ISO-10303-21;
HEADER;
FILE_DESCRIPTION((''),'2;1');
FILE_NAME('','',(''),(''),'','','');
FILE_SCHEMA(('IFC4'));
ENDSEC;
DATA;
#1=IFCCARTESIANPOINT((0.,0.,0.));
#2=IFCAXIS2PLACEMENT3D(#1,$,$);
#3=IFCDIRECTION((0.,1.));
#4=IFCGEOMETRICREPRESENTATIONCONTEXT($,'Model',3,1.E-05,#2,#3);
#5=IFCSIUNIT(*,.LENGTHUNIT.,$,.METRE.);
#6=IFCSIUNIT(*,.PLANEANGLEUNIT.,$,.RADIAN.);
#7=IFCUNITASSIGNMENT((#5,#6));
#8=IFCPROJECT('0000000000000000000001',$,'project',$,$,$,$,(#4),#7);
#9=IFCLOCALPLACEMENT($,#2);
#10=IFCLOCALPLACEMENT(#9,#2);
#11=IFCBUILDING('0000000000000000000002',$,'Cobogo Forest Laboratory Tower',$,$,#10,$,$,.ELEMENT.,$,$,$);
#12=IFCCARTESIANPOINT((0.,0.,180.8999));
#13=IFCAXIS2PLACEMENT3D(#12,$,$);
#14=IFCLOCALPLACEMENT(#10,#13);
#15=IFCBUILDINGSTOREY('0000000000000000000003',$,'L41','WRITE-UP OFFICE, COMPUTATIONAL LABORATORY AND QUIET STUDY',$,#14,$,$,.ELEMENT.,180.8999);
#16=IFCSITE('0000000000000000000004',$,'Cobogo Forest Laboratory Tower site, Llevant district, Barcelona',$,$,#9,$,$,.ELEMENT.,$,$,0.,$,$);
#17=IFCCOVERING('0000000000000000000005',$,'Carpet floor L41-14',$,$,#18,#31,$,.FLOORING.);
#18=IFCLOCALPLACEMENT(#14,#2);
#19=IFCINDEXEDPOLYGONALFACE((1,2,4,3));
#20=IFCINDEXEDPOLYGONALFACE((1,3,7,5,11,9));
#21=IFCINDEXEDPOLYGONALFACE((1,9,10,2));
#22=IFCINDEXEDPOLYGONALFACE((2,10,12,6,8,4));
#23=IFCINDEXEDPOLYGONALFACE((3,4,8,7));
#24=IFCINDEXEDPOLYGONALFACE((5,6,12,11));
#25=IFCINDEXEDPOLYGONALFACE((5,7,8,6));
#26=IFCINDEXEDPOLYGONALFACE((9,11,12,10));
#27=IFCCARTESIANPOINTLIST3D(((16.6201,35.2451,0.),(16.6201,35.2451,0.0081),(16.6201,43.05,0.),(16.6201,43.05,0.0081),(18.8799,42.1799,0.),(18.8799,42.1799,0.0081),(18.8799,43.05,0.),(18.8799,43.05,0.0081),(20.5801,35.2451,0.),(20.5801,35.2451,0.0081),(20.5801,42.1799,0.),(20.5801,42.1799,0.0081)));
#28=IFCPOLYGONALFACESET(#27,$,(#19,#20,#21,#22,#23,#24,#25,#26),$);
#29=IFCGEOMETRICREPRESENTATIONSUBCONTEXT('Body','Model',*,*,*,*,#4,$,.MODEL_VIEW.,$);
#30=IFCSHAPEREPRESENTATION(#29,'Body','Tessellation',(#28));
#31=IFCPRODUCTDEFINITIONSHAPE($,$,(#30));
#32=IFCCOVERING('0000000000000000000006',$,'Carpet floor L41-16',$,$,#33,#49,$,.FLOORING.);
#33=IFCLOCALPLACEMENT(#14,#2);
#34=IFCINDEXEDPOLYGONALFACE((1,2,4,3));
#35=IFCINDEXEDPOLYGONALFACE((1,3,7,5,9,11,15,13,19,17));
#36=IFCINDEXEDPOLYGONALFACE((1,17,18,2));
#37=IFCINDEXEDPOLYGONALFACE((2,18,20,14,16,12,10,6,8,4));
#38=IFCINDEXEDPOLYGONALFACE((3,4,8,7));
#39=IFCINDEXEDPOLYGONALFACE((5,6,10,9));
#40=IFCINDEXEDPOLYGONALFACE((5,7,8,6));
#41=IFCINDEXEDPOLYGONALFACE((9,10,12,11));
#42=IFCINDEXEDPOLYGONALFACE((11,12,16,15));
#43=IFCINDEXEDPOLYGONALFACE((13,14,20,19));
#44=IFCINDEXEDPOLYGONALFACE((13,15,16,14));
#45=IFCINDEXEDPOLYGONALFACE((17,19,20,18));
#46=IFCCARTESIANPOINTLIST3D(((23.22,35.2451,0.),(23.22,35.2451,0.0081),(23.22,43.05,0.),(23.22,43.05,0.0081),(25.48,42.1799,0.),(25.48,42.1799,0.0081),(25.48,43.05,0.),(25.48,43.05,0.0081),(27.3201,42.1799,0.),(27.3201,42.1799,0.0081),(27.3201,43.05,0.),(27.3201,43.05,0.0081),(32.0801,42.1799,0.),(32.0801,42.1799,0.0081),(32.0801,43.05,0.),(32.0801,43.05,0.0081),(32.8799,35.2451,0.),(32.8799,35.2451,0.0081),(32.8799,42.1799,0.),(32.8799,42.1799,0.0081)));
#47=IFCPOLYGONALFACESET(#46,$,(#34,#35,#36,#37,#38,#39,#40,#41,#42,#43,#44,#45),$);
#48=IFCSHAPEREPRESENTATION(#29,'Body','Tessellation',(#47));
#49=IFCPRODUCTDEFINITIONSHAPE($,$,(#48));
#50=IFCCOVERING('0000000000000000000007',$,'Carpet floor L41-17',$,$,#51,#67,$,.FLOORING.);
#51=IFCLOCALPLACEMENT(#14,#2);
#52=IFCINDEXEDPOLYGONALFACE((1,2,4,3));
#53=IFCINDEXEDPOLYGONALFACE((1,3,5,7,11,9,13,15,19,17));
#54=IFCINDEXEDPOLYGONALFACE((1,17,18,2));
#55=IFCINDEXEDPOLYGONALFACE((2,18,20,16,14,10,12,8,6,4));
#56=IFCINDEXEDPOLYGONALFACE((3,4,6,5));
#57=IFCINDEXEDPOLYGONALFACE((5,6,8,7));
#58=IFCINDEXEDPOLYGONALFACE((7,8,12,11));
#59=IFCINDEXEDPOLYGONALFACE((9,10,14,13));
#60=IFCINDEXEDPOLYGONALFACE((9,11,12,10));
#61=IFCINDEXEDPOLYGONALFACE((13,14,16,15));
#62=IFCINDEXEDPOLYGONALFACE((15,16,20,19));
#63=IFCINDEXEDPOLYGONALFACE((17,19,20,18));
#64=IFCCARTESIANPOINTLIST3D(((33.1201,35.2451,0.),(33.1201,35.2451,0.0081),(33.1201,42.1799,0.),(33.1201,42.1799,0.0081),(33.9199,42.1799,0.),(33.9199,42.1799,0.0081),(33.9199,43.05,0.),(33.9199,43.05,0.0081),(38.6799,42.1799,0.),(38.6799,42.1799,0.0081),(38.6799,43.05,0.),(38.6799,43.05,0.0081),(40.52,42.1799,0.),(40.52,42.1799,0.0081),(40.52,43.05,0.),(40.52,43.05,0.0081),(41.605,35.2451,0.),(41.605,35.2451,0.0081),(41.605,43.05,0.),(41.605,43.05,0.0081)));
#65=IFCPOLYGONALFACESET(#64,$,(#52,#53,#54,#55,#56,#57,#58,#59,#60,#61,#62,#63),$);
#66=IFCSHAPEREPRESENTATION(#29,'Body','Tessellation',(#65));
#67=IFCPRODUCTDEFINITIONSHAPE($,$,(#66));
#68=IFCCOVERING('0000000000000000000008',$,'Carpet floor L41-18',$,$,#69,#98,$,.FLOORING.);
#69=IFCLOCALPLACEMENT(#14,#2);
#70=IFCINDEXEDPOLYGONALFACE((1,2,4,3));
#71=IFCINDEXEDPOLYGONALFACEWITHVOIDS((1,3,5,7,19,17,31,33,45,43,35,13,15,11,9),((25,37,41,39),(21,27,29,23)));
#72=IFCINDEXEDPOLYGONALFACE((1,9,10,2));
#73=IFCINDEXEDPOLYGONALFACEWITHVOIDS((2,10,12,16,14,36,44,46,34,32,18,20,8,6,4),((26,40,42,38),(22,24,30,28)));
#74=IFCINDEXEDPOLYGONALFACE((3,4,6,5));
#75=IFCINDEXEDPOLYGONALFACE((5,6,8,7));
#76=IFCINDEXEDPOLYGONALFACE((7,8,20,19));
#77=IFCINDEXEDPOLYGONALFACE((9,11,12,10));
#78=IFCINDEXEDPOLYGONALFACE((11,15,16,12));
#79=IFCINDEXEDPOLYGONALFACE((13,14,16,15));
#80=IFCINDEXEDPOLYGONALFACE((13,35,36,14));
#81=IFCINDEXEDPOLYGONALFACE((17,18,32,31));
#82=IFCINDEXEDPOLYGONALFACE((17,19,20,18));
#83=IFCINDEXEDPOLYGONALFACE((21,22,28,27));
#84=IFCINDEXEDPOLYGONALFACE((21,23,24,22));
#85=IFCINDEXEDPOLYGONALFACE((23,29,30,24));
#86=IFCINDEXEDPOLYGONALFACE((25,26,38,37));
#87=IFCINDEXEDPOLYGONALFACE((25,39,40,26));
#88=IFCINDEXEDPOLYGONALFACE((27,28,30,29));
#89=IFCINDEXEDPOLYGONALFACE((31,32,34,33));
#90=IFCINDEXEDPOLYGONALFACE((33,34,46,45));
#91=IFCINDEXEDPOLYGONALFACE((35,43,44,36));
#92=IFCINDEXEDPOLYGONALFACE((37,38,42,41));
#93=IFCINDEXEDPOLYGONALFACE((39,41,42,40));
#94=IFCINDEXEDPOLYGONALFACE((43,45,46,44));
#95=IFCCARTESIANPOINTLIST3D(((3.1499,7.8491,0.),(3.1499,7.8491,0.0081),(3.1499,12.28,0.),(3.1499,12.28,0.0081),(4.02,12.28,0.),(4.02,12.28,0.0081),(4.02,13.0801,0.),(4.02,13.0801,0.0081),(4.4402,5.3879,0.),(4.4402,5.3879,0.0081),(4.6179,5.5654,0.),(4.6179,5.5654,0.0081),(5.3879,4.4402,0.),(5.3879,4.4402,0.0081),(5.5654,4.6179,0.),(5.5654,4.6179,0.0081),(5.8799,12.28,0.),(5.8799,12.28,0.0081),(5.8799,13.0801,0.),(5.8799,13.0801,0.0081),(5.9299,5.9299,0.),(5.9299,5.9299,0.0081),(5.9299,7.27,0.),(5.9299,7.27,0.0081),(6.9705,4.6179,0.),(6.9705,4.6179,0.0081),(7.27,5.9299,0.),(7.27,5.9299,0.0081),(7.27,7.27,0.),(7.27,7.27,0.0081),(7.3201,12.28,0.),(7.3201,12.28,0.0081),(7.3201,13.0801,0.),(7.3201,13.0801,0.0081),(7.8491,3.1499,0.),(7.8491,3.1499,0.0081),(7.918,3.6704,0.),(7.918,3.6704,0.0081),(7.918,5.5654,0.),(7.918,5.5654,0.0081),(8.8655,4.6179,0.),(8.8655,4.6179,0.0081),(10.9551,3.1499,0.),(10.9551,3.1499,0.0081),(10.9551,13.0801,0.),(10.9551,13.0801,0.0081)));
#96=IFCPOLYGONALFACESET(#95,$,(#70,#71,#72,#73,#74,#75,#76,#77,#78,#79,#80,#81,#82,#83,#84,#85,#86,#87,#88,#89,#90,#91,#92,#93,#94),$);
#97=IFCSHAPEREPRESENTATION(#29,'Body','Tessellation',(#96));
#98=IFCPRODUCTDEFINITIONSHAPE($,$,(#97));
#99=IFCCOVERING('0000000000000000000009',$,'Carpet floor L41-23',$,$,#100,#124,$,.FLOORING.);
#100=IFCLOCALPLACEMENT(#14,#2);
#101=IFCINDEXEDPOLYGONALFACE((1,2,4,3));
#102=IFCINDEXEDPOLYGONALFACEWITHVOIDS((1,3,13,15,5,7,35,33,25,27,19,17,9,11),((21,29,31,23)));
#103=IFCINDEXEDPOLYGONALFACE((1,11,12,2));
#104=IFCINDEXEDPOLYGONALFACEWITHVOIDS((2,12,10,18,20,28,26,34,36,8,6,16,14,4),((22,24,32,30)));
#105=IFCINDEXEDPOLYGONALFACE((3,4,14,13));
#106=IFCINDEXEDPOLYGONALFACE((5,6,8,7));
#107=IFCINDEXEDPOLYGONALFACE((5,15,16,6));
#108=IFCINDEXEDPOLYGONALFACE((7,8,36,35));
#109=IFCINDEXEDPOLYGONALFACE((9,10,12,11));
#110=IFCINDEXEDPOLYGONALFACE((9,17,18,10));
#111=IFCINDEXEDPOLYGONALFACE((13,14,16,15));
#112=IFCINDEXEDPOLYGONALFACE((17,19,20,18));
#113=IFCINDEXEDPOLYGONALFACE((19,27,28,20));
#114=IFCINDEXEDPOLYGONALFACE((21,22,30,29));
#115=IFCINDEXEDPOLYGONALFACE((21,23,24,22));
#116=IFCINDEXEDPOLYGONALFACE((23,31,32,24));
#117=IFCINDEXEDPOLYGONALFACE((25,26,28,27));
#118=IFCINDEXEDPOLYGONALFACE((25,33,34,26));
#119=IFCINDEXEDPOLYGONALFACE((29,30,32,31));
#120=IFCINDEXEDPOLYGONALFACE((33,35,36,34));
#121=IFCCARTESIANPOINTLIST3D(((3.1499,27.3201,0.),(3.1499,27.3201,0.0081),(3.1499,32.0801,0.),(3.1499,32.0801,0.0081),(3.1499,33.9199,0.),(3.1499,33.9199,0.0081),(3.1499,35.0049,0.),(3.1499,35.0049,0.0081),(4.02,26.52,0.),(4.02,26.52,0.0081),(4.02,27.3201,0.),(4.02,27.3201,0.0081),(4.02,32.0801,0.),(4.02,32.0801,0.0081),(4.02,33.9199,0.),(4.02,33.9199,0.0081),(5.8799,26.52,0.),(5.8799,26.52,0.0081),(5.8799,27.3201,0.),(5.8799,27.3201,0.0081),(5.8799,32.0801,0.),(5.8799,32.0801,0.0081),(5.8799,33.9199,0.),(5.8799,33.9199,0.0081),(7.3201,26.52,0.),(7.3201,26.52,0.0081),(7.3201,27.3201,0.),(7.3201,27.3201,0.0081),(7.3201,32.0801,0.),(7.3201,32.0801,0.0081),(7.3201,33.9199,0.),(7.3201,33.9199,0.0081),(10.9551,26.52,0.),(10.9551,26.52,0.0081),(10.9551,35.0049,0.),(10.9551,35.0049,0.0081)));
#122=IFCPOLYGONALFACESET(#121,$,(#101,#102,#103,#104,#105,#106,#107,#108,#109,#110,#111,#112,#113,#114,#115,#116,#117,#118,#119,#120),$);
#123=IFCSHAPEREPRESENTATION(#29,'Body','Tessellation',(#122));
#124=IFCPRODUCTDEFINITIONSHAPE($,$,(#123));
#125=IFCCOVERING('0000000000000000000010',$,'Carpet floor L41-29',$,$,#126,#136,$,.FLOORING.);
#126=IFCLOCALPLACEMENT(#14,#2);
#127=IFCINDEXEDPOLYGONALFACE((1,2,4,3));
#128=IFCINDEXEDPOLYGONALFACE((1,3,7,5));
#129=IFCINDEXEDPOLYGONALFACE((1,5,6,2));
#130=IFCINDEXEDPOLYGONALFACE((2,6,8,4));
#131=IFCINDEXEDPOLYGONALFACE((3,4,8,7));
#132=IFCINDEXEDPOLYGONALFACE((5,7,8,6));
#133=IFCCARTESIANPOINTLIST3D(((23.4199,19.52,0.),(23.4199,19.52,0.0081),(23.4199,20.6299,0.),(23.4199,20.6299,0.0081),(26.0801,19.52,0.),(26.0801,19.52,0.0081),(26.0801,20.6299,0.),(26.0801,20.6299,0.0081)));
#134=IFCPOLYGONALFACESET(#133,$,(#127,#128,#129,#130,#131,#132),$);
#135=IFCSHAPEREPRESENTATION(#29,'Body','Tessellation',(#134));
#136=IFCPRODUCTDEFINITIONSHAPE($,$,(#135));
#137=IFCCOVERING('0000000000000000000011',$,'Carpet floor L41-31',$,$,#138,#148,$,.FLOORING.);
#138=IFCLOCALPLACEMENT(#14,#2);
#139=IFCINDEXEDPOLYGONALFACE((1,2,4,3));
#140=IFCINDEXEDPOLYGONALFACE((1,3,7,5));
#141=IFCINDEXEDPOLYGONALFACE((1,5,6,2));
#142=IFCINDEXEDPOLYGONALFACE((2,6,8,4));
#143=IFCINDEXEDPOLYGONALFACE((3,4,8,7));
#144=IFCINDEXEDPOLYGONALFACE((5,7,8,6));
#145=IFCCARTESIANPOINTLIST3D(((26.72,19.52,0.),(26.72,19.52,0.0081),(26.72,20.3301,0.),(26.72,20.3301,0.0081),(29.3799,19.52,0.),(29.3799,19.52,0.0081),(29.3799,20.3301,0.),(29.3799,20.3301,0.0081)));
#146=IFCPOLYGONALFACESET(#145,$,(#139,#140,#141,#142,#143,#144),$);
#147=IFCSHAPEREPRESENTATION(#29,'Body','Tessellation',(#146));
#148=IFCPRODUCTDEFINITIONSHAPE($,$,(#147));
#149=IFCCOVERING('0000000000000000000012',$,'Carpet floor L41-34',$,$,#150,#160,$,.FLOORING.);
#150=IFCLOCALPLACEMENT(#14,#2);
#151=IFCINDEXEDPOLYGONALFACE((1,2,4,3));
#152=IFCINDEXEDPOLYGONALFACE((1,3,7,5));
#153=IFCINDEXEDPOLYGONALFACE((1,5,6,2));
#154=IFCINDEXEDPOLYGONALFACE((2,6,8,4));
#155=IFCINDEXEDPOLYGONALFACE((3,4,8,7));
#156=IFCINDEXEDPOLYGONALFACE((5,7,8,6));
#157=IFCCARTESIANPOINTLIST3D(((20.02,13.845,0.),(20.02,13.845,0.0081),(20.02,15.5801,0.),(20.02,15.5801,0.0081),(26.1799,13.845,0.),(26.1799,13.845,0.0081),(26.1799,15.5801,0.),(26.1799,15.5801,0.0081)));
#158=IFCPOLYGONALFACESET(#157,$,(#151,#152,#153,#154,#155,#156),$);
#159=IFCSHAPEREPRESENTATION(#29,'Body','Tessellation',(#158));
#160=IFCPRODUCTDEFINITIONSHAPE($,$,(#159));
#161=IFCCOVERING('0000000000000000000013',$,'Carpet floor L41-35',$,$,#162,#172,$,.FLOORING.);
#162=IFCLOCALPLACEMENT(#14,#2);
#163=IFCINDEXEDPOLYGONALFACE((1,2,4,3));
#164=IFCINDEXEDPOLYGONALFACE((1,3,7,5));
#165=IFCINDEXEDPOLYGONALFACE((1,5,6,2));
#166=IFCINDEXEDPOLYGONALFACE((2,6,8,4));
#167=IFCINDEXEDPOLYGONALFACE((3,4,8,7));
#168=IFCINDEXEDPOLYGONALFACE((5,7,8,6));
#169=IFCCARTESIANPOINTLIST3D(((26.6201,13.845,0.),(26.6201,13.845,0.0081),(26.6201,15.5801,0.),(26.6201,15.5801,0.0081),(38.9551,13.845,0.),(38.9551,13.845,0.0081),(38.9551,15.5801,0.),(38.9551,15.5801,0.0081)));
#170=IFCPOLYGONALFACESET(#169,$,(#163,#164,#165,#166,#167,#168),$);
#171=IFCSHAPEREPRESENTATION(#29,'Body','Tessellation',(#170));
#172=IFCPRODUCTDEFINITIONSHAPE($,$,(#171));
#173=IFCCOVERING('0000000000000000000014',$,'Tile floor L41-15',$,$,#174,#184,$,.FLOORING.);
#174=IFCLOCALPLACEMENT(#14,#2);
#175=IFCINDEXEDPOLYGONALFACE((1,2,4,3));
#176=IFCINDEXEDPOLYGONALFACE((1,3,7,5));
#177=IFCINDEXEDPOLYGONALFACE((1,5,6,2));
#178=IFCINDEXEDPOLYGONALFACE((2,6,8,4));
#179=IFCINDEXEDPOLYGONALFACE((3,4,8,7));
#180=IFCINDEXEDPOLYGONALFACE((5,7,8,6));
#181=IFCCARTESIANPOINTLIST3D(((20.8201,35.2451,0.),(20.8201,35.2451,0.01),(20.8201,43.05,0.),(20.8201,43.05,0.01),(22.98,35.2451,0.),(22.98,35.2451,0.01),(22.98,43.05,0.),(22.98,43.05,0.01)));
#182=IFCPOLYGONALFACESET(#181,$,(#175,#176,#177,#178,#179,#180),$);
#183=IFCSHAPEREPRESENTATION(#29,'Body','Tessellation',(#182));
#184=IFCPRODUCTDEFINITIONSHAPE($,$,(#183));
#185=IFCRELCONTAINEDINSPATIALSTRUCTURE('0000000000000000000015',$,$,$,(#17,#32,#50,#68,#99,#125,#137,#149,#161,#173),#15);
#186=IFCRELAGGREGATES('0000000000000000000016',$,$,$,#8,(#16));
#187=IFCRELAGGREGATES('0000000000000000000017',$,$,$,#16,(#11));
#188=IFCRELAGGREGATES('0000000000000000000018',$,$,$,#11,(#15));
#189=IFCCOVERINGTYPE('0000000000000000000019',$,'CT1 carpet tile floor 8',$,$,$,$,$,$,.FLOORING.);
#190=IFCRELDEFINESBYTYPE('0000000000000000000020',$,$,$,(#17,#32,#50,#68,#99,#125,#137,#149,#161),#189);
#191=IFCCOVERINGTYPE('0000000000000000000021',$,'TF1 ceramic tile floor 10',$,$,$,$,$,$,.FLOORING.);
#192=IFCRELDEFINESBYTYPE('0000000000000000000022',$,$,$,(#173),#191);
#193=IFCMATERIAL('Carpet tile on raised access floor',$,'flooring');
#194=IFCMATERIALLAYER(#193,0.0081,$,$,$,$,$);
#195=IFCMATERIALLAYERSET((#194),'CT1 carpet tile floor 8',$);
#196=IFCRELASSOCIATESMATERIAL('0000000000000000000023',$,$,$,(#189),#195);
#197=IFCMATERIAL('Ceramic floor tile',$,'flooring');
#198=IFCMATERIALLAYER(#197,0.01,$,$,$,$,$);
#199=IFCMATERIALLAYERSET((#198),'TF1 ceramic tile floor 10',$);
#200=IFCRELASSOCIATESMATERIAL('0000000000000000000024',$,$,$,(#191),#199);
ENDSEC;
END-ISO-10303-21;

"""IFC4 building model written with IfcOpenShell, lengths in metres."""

from ifc_helpers import new_model, si_unit, direction, frame, origin, place, context, subcontext, project, spatial, polyline, outline, extrude, material, layer, layer_set, type_object, element, save


model = new_model("IFC4")

# Units and contexts
model_context = context("Model", 3, precision=1e-05, world=origin(), true_north=direction((0.0, 1.0)))
body_context = subcontext(model_context, "Body", "Model", "MODEL_VIEW")
ifc_project = project(units=[si_unit("LENGTHUNIT", "METRE"), si_unit("PLANEANGLEUNIT", "RADIAN")], contexts=[model_context])

# Site, building, storey
site_placement = place(None, origin())
site = spatial("IfcSite", under=ifc_project, at=site_placement, Name="Cobogo Forest Laboratory Tower site, Llevant district, Barcelona", CompositionType="ELEMENT", RefElevation=0.0)
building_placement = place(site_placement, origin())
building = spatial("IfcBuilding", under=site, at=building_placement, Name="Cobogo Forest Laboratory Tower", CompositionType="ELEMENT")
storey_placement = place(building_placement, frame((0.0, 0.0, 180.8999)))
storey = spatial("IfcBuildingStorey", under=building, at=storey_placement, Name="L41", Description="WRITE-UP OFFICE, COMPUTATIONAL LABORATORY AND QUIET STUDY", CompositionType="ELEMENT", Elevation=180.8999)

# Coverings
ifc_material_1 = material(Name="Carpet tile on raised access floor", Category="flooring")
ifc_layer_1 = layer(ifc_material_1, 0.0081)
ifc_layer_set_1 = layer_set([ifc_layer_1], Name="CT1 carpet tile floor 8")
covering_type_1 = type_object("IfcCoveringType", Name="CT1 carpet tile floor 8", PredefinedType="FLOORING", material=ifc_layer_set_1)
covering_1_placement = place(storey_placement, origin())
element("IfcCovering", 1, at=covering_1_placement, inside=storey, type_object=covering_type_1, Name="Carpet floor L41-14", PredefinedType="FLOORING", context=body_context, shape_type="SweptSolid", body=[
    extrude(outline(polyline([(16.6201, 35.2451), (16.6201, 43.05), (18.8799, 43.05), (18.8799, 42.1799), (20.5801, 42.1799), (20.5801, 35.2451), (16.6201, 35.2451)])), origin(), (0.0, 0.0, 1.0), 0.0081),
])
covering_2_placement = place(storey_placement, origin())
element("IfcCovering", 2, at=covering_2_placement, inside=storey, type_object=covering_type_1, Name="Carpet floor L41-16", PredefinedType="FLOORING", context=body_context, shape_type="SweptSolid", body=[
    extrude(outline(polyline([(23.22, 35.2451), (23.22, 43.05), (25.48, 43.05), (25.48, 42.1799), (27.3201, 42.1799), (27.3201, 43.05), (32.0801, 43.05), (32.0801, 42.1799), (32.8799, 42.1799), (32.8799, 35.2451), (23.22, 35.2451)])), origin(), (0.0, 0.0, 1.0), 0.0081),
])
covering_3_placement = place(storey_placement, origin())
element("IfcCovering", 3, at=covering_3_placement, inside=storey, type_object=covering_type_1, Name="Carpet floor L41-17", PredefinedType="FLOORING", context=body_context, shape_type="SweptSolid", body=[
    extrude(outline(polyline([(33.1201, 35.2451), (33.1201, 42.1799), (33.9199, 42.1799), (33.9199, 43.05), (38.6799, 43.05), (38.6799, 42.1799), (40.52, 42.1799), (40.52, 43.05), (41.605, 43.05), (41.605, 35.2451), (33.1201, 35.2451)])), origin(), (0.0, 0.0, 1.0), 0.0081),
])
covering_4_placement = place(storey_placement, origin())
element("IfcCovering", 4, at=covering_4_placement, inside=storey, type_object=covering_type_1, Name="Carpet floor L41-18", PredefinedType="FLOORING", context=body_context, shape_type="SweptSolid", body=[
    extrude(outline(polyline([(10.9551, 3.1499), (7.8491, 3.1499), (5.3879, 4.4402), (5.5654, 4.6179), (4.6179, 5.5654), (4.4402, 5.3879), (3.1499, 7.8491), (3.1499, 12.28), (4.02, 12.28), (4.02, 13.0801), (5.8799, 13.0801), (5.8799, 12.28), (7.3201, 12.28), (7.3201, 13.0801), (10.9551, 13.0801), (10.9551, 3.1499)]), holes=[polyline([(7.918, 3.6704), (8.8655, 4.6179), (7.918, 5.5654), (6.9705, 4.6179), (7.918, 3.6704)]), polyline([(5.9299, 5.9299), (7.27, 5.9299), (7.27, 7.27), (5.9299, 7.27), (5.9299, 5.9299)])]), origin(), (0.0, 0.0, 1.0), 0.0081),
])
covering_5_placement = place(storey_placement, origin())
element("IfcCovering", 5, at=covering_5_placement, inside=storey, type_object=covering_type_1, Name="Carpet floor L41-23", PredefinedType="FLOORING", context=body_context, shape_type="SweptSolid", body=[
    extrude(outline(polyline([(10.9551, 26.52), (7.3201, 26.52), (7.3201, 27.3201), (5.8799, 27.3201), (5.8799, 26.52), (4.02, 26.52), (4.02, 27.3201), (3.1499, 27.3201), (3.1499, 32.0801), (4.02, 32.0801), (4.02, 33.9199), (3.1499, 33.9199), (3.1499, 35.0049), (10.9551, 35.0049), (10.9551, 26.52)]), holes=[polyline([(5.8799, 32.0801), (7.3201, 32.0801), (7.3201, 33.9199), (5.8799, 33.9199), (5.8799, 32.0801)])]), origin(), (0.0, 0.0, 1.0), 0.0081),
])
covering_6_placement = place(storey_placement, origin())
element("IfcCovering", 6, at=covering_6_placement, inside=storey, type_object=covering_type_1, Name="Carpet floor L41-29", PredefinedType="FLOORING", context=body_context, shape_type="SweptSolid", body=[
    extrude(outline(polyline([(26.0801, 19.52), (23.4199, 19.52), (23.4199, 20.6299), (26.0801, 20.6299), (26.0801, 19.52)])), origin(), (0.0, 0.0, 1.0), 0.0081),
])
covering_7_placement = place(storey_placement, origin())
element("IfcCovering", 7, at=covering_7_placement, inside=storey, type_object=covering_type_1, Name="Carpet floor L41-31", PredefinedType="FLOORING", context=body_context, shape_type="SweptSolid", body=[
    extrude(outline(polyline([(29.3799, 19.52), (26.72, 19.52), (26.72, 20.3301), (29.3799, 20.3301), (29.3799, 19.52)])), origin(), (0.0, 0.0, 1.0), 0.0081),
])
covering_8_placement = place(storey_placement, origin())
element("IfcCovering", 8, at=covering_8_placement, inside=storey, type_object=covering_type_1, Name="Carpet floor L41-34", PredefinedType="FLOORING", context=body_context, shape_type="SweptSolid", body=[
    extrude(outline(polyline([(26.1799, 13.845), (20.02, 13.845), (20.02, 15.5801), (26.1799, 15.5801), (26.1799, 13.845)])), origin(), (0.0, 0.0, 1.0), 0.0081),
])
covering_9_placement = place(storey_placement, origin())
element("IfcCovering", 9, at=covering_9_placement, inside=storey, type_object=covering_type_1, Name="Carpet floor L41-35", PredefinedType="FLOORING", context=body_context, shape_type="SweptSolid", body=[
    extrude(outline(polyline([(38.9551, 13.845), (26.6201, 13.845), (26.6201, 15.5801), (38.9551, 15.5801), (38.9551, 13.845)])), origin(), (0.0, 0.0, 1.0), 0.0081),
])
ifc_material_2 = material(Name="Ceramic floor tile", Category="flooring")
ifc_layer_2 = layer(ifc_material_2, 0.01)
ifc_layer_set_2 = layer_set([ifc_layer_2], Name="TF1 ceramic tile floor 10")
covering_type_2 = type_object("IfcCoveringType", Name="TF1 ceramic tile floor 10", PredefinedType="FLOORING", material=ifc_layer_set_2)
covering_10_placement = place(storey_placement, origin())
element("IfcCovering", 10, at=covering_10_placement, inside=storey, type_object=covering_type_2, Name="Tile floor L41-15", PredefinedType="FLOORING", context=body_context, shape_type="SweptSolid", body=[
    extrude(outline(polyline([(22.98, 35.2451), (20.8201, 35.2451), (20.8201, 43.05), (22.98, 43.05), (22.98, 35.2451)])), origin(), (0.0, 0.0, 1.0), 0.01),
])

save(model, "model.ifc")
